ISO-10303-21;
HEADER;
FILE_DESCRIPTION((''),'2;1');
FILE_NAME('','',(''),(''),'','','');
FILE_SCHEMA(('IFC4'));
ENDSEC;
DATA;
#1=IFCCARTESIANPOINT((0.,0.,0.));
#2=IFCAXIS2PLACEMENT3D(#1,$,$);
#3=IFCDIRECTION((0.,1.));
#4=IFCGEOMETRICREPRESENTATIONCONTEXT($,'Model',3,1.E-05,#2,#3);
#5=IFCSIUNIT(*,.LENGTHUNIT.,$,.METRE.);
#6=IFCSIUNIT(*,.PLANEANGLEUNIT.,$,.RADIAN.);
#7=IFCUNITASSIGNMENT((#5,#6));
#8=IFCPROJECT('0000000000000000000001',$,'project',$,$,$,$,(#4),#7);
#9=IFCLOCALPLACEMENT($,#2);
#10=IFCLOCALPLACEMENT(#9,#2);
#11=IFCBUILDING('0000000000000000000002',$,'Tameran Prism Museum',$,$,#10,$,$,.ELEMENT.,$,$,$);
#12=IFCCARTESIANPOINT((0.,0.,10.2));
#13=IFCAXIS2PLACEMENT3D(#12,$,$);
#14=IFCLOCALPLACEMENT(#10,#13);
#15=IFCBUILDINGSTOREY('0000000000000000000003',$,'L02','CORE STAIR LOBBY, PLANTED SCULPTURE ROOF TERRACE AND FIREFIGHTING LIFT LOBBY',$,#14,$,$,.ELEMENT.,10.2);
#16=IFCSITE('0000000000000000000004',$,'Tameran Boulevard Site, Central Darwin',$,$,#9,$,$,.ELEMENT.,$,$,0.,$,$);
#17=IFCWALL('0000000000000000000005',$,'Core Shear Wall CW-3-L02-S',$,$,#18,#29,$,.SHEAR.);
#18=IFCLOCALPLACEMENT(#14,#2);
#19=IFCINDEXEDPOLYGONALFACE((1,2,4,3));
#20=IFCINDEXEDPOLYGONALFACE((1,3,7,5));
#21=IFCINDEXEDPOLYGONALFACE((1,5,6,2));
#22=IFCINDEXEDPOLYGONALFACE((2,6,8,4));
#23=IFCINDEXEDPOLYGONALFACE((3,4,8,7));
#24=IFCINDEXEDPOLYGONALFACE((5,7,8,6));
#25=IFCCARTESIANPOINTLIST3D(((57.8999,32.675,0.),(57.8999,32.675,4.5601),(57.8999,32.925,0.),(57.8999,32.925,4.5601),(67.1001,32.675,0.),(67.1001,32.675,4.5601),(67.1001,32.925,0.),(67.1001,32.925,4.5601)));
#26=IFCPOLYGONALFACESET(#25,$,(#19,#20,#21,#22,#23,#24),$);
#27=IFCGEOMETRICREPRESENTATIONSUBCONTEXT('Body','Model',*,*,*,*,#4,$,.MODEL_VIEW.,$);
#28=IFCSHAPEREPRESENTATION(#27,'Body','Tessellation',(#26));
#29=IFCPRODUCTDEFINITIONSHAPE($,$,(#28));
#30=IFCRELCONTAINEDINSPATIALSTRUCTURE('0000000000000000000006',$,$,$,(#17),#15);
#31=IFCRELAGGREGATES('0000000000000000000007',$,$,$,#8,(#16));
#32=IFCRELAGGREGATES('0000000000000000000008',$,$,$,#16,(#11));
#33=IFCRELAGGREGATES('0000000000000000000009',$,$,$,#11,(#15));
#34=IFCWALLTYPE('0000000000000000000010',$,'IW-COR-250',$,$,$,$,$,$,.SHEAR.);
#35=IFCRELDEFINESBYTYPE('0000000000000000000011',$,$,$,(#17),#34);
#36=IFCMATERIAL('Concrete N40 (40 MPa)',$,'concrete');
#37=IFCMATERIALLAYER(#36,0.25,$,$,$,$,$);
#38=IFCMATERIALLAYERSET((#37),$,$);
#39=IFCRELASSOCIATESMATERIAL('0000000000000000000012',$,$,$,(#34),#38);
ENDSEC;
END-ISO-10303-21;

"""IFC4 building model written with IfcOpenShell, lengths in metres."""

from ifc_helpers import new_model, si_unit, direction, frame, frame_2d, origin, place, context, subcontext, project, spatial, rectangle, extrude, material, layer, layer_set, type_object, element, save


model = new_model("IFC4")

# Units and contexts
model_context = context("Model", 3, precision=1e-05, world=origin(), true_north=direction((0.0, 1.0)))
body_context = subcontext(model_context, "Body", "Model", "MODEL_VIEW")
ifc_project = project(units=[si_unit("LENGTHUNIT", "METRE"), si_unit("PLANEANGLEUNIT", "RADIAN")], contexts=[model_context])

# Site, building, storey
site_placement = place(None, origin())
site = spatial("IfcSite", under=ifc_project, at=site_placement, Name="Tameran Boulevard Site, Central Darwin", CompositionType="ELEMENT", RefElevation=0.0)
building_placement = place(site_placement, origin())
building = spatial("IfcBuilding", under=site, at=building_placement, Name="Tameran Prism Museum", CompositionType="ELEMENT")
storey_placement = place(building_placement, frame((0.0, 0.0, 10.2)))
storey = spatial("IfcBuildingStorey", under=building, at=storey_placement, Name="L02", Description="CORE STAIR LOBBY, PLANTED SCULPTURE ROOF TERRACE AND FIREFIGHTING LIFT LOBBY", CompositionType="ELEMENT", Elevation=10.2)

# Wall
ifc_material_1 = material(Name="Concrete N40 (40 MPa)", Category="concrete")
ifc_layer_1 = layer(ifc_material_1, 0.25)
ifc_layer_set_1 = layer_set([ifc_layer_1])
wall_type = type_object("IfcWallType", Name="IW-COR-250", PredefinedType="SHEAR", material=ifc_layer_set_1)
wall_placement = place(storey_placement, frame((67.1001, 32.8, 0.0), z_axis=(0.0, 0.0, 1.0), x_axis=(-1.0, 0.0, 0.0)))
element("IfcWall", 1, at=wall_placement, inside=storey, type_object=wall_type, Name="Core Shear Wall CW-3-L02-S", PredefinedType="SHEAR", context=body_context, shape_type="SweptSolid", body=[
    extrude(rectangle(XDim=9.2002, YDim=0.25, at=frame_2d((4.6001, 0.0))), origin(), (0.0, 0.0, 1.0), 4.5601),
])

save(model, "model.ifc")
